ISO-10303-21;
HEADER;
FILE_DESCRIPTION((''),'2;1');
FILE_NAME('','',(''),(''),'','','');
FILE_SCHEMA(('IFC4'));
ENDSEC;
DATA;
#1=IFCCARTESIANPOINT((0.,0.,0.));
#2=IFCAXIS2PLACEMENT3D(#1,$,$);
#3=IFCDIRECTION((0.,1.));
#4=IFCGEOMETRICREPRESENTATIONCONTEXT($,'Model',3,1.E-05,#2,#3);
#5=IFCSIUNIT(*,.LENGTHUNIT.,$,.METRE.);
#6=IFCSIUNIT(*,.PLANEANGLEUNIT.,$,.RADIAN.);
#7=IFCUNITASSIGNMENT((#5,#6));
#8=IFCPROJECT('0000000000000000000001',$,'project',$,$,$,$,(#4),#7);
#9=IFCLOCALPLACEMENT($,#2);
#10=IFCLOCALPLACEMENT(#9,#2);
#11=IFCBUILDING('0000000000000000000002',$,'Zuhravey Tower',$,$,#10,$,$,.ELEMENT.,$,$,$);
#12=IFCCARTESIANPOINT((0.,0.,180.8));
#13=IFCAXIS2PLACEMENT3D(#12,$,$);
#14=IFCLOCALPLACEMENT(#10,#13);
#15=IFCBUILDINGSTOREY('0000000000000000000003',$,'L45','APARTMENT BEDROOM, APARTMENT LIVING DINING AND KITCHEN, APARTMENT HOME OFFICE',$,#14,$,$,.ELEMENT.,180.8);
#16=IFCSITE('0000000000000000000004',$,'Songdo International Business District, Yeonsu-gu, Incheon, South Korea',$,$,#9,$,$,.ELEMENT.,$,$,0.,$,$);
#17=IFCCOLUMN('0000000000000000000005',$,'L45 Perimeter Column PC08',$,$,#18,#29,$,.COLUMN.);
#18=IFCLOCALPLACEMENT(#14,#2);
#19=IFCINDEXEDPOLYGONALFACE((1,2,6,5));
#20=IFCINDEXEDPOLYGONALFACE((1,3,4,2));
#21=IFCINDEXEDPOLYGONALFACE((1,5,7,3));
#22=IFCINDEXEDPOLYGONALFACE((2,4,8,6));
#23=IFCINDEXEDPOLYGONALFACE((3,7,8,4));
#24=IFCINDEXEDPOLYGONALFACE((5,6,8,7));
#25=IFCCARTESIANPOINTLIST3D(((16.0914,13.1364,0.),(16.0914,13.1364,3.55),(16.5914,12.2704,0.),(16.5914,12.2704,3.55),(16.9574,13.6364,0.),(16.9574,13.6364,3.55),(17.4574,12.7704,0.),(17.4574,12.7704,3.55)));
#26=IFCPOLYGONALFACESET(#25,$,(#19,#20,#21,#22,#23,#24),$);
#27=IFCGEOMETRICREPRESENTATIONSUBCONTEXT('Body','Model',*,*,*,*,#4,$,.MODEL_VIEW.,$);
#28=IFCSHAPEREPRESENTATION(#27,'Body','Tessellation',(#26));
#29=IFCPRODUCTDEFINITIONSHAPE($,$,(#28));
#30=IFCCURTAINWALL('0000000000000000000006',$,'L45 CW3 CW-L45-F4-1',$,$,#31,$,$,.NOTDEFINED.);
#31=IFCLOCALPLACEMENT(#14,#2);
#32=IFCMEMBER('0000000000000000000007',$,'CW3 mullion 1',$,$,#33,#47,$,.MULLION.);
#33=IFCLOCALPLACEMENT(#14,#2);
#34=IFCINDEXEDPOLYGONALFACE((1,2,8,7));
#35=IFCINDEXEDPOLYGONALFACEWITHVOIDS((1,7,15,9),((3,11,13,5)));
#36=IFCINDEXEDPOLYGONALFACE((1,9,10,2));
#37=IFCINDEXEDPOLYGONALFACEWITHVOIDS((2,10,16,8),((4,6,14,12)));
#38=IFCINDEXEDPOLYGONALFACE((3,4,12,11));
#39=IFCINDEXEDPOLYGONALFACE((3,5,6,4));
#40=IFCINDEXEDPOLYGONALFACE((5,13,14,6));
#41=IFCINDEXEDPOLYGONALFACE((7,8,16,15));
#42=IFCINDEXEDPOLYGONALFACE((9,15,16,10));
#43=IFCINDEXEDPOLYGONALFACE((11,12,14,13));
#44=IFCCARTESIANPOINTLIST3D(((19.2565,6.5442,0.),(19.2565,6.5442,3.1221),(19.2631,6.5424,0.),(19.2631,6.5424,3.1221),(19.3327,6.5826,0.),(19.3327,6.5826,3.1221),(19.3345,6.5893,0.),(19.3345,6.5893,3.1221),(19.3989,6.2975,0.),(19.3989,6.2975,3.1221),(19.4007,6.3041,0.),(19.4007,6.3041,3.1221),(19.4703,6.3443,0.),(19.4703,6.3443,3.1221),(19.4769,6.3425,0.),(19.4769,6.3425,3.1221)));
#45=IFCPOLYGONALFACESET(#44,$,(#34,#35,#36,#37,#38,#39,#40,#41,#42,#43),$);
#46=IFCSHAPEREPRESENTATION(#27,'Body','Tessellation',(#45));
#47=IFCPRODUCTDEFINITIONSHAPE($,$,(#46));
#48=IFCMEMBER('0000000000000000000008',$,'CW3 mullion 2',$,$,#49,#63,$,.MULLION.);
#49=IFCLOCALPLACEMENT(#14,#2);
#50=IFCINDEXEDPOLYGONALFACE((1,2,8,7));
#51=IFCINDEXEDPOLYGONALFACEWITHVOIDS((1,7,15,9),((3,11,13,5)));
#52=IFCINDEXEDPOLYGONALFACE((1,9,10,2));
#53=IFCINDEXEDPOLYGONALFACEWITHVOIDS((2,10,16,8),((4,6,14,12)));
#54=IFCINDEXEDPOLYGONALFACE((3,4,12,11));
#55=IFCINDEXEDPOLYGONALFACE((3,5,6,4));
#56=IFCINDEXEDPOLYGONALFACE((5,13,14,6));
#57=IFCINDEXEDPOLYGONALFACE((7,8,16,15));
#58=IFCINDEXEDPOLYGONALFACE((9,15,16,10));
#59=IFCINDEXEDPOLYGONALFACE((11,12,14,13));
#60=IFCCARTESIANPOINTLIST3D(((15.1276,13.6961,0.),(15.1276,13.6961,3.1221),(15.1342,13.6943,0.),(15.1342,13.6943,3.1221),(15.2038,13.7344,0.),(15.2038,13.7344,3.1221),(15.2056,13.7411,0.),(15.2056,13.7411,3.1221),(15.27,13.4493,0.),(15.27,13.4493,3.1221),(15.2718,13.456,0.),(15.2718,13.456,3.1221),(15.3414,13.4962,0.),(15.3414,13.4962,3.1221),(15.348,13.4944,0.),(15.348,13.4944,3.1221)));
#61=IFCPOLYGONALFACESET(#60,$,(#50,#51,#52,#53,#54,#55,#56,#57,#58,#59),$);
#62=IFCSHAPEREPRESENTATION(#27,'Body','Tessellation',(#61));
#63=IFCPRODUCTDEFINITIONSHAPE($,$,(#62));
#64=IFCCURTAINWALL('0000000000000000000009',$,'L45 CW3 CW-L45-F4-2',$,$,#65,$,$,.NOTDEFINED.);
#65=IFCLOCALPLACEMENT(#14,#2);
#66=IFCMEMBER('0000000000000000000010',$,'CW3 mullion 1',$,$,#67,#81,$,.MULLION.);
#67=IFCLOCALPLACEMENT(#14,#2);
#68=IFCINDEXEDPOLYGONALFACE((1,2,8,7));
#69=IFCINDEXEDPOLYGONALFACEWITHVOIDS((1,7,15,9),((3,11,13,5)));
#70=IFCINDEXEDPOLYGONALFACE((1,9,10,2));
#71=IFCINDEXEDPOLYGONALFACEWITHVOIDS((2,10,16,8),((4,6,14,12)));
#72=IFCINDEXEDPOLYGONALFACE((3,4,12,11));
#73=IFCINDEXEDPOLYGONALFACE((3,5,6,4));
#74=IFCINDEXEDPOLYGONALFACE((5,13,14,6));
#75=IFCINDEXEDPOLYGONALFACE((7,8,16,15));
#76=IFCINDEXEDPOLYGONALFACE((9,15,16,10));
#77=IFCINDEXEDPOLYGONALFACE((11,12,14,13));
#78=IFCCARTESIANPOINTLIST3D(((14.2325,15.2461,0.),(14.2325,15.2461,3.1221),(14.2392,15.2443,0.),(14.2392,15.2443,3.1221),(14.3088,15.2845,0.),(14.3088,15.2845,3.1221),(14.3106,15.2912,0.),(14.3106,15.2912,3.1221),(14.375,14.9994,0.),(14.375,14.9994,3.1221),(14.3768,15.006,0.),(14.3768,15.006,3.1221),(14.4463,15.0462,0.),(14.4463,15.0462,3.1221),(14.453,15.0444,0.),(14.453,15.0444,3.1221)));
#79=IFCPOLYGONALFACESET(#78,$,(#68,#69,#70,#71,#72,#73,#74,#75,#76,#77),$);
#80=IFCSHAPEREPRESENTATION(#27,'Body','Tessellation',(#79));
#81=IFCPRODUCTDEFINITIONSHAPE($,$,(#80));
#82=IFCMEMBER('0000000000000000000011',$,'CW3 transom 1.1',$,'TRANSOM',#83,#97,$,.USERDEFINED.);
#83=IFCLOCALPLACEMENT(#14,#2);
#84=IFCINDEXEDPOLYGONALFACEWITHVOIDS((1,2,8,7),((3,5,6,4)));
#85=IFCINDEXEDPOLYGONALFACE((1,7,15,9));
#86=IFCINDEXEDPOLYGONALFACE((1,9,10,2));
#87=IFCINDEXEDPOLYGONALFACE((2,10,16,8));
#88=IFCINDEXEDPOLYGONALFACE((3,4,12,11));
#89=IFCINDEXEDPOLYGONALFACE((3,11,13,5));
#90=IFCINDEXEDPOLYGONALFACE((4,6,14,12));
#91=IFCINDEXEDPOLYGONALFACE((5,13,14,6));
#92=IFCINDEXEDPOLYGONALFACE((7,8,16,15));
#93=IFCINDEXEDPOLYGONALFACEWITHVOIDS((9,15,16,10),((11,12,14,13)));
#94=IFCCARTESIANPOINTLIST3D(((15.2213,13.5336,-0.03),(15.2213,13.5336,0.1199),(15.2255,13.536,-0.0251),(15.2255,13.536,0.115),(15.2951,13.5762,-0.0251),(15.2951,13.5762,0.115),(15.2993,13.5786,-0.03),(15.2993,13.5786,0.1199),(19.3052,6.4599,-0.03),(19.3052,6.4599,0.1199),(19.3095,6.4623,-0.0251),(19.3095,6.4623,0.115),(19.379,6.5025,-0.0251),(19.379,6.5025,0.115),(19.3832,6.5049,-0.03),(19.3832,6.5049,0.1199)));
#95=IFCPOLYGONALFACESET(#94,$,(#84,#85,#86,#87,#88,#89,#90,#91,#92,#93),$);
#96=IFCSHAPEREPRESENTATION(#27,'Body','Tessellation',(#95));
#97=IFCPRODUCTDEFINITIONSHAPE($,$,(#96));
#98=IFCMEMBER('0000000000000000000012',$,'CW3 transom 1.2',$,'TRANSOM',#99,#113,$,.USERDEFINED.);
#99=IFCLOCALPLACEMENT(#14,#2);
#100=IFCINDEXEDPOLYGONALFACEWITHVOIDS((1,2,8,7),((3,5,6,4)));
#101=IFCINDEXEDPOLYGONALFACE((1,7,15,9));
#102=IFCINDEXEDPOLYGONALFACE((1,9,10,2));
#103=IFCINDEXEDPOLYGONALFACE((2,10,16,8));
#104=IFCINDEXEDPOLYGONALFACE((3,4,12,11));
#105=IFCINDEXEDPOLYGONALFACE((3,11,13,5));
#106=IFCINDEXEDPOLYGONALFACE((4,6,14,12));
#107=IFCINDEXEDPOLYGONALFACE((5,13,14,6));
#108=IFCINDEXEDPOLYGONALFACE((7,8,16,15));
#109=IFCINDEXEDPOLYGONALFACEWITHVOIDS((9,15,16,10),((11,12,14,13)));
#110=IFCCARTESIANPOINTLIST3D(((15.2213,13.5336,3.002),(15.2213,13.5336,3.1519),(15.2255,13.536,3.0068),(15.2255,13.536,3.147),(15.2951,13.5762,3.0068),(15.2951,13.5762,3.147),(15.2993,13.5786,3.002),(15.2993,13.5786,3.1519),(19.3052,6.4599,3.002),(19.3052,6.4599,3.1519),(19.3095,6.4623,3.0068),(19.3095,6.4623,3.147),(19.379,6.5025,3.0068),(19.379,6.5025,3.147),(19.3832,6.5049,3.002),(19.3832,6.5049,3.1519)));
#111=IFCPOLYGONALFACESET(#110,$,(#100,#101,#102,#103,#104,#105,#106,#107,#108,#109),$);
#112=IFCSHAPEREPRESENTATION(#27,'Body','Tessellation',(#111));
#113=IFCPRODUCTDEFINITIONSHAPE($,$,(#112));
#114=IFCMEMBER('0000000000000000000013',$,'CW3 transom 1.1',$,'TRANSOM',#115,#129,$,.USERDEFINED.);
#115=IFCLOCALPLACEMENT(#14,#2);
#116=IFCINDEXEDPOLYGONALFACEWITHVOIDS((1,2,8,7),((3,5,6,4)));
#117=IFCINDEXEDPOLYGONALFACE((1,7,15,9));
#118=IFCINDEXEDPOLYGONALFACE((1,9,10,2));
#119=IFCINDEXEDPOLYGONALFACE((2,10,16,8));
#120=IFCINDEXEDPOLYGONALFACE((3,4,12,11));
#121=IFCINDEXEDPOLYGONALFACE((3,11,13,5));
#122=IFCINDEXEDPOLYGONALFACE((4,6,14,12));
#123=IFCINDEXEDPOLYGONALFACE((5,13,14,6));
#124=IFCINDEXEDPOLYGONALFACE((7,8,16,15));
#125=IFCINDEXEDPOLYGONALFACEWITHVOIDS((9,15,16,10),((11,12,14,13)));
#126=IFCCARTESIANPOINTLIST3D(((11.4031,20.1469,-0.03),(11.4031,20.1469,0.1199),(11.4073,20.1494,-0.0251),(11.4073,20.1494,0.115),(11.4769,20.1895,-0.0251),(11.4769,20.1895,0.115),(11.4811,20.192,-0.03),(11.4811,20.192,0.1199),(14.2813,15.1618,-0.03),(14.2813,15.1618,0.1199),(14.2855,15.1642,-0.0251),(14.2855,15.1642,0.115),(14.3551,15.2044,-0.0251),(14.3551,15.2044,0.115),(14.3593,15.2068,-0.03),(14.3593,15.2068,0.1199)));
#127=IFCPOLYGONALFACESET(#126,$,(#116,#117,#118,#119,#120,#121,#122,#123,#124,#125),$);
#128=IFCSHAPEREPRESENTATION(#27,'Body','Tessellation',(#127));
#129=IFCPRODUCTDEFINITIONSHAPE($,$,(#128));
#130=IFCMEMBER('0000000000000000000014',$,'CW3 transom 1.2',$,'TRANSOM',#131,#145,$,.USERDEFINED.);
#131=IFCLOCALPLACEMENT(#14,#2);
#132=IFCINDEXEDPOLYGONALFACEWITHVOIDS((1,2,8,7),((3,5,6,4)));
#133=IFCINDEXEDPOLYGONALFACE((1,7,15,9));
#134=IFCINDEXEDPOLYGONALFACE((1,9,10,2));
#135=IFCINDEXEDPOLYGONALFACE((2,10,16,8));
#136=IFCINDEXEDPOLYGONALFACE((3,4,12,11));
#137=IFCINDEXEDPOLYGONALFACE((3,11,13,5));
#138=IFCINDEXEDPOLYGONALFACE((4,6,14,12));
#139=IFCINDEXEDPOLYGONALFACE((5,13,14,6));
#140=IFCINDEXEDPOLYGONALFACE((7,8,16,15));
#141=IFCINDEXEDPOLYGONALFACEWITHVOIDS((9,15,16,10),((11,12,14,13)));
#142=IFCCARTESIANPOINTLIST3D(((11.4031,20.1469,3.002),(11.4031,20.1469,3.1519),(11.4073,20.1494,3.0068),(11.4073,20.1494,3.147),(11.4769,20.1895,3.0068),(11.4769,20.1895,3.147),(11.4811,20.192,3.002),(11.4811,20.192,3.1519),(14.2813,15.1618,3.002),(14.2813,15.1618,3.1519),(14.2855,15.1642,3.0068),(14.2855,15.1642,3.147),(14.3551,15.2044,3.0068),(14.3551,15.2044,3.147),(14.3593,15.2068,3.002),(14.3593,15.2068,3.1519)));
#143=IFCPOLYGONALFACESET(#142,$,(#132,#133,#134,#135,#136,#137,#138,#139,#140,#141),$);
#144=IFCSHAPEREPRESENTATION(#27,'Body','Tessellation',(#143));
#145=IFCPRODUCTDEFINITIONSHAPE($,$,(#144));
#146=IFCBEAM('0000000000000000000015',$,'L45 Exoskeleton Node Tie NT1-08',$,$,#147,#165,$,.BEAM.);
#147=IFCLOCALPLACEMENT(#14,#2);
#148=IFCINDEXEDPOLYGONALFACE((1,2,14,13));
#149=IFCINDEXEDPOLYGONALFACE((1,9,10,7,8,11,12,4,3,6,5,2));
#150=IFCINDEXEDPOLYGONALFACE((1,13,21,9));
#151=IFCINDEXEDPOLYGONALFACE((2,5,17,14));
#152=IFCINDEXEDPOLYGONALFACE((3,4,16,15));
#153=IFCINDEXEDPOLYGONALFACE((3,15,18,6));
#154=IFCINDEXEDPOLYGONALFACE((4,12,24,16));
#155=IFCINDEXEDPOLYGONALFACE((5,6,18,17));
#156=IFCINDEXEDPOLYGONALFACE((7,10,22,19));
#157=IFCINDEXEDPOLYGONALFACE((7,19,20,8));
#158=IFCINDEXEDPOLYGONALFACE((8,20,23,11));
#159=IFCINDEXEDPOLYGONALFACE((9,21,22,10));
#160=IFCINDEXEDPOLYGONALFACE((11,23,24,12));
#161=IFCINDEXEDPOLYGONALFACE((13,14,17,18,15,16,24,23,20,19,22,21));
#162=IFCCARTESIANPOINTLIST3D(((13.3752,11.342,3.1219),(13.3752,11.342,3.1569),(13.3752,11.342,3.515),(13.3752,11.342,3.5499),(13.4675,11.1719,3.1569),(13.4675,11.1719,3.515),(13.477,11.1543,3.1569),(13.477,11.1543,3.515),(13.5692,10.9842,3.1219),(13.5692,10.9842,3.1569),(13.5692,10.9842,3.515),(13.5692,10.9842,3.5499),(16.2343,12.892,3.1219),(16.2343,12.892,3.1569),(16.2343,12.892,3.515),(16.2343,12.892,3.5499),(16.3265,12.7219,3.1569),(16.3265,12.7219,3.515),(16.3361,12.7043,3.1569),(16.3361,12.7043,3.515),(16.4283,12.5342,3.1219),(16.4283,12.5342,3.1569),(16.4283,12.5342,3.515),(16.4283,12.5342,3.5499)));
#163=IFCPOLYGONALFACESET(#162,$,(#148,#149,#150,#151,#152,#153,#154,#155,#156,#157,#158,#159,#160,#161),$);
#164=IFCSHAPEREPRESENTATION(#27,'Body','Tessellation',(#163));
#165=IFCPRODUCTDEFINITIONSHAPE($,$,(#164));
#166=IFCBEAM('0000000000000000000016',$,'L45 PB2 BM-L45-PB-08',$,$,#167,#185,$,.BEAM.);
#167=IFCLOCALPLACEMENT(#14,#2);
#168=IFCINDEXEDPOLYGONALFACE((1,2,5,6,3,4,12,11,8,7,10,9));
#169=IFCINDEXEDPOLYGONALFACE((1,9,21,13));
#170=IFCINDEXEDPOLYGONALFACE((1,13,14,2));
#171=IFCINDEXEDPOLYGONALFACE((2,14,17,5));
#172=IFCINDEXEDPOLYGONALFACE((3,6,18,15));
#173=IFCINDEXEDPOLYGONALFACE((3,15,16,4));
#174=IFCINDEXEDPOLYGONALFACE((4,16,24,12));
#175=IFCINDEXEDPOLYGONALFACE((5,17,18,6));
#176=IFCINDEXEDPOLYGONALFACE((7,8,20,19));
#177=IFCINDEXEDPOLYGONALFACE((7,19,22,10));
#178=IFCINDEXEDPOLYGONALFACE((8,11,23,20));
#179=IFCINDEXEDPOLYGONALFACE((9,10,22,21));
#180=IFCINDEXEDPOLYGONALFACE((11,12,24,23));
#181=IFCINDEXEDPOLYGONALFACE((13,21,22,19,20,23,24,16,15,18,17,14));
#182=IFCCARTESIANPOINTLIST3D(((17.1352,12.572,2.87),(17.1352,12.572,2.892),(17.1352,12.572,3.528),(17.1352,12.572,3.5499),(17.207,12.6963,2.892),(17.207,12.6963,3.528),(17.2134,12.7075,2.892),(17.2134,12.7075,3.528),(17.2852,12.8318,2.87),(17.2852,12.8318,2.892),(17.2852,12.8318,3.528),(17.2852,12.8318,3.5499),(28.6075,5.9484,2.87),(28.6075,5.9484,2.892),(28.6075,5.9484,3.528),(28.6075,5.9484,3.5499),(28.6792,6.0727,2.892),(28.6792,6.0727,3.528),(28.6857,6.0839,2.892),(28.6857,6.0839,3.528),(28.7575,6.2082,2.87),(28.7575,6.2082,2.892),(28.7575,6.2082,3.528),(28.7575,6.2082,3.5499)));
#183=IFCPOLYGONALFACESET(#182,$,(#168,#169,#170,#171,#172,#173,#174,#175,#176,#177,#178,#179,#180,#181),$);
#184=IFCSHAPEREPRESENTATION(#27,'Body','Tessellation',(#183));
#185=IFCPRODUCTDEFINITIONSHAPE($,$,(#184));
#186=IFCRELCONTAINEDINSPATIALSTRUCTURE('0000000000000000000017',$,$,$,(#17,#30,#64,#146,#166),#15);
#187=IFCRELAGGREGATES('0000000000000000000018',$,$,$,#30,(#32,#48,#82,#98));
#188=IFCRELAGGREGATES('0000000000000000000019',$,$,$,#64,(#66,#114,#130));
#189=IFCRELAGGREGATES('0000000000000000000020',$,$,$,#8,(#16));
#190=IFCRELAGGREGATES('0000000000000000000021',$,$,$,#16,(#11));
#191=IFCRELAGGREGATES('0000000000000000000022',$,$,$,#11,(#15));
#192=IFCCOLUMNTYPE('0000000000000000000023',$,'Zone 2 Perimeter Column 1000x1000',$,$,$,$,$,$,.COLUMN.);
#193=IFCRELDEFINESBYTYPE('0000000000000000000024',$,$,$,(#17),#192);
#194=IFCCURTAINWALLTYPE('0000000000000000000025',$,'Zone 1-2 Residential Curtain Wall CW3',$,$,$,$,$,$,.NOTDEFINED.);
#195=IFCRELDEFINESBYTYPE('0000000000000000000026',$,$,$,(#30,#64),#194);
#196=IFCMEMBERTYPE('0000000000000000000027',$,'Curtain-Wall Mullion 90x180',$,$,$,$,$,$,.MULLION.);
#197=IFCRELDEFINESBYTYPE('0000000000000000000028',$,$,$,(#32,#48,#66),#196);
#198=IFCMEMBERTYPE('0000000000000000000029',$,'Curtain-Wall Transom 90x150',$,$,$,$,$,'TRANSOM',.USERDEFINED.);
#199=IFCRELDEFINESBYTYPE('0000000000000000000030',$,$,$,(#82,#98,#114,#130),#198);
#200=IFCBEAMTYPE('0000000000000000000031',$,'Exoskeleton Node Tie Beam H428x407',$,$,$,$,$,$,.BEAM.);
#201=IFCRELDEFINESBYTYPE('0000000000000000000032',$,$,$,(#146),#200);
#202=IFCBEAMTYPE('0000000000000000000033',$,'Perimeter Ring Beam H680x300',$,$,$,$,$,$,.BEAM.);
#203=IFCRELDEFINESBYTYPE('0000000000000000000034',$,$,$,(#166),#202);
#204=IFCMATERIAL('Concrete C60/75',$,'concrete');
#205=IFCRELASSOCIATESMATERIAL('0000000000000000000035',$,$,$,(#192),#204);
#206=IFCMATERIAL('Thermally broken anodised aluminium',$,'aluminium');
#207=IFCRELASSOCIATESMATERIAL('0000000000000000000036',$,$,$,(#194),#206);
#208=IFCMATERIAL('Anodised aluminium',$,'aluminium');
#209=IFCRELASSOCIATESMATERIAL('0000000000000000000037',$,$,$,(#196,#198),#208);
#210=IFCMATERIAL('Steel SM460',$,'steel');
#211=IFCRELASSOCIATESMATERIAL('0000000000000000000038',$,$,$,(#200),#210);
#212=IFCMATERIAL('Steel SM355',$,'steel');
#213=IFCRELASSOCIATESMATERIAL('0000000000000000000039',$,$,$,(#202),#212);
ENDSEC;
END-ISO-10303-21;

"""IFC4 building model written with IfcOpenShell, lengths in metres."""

from ifc_helpers import new_model, si_unit, direction, frame, origin, origin_2d, place, context, subcontext, project, spatial, rectangle, hollow_rectangle, i_section, extrude, material, material_profile, profile_set, type_object, element, aggregate, save


model = new_model("IFC4")

# Units and contexts
model_context = context("Model", 3, precision=1e-05, world=origin(), true_north=direction((0.0, 1.0)))
body_context = subcontext(model_context, "Body", "Model", "MODEL_VIEW")
ifc_project = project(units=[si_unit("LENGTHUNIT", "METRE"), si_unit("PLANEANGLEUNIT", "RADIAN")], contexts=[model_context])

# Site, building, storey
site_placement = place(None, origin())
site = spatial("IfcSite", under=ifc_project, at=site_placement, Name="Songdo International Business District, Yeonsu-gu, Incheon, South Korea", CompositionType="ELEMENT", RefElevation=0.0)
building_placement = place(site_placement, origin())
building = spatial("IfcBuilding", under=site, at=building_placement, Name="Zuhravey Tower", CompositionType="ELEMENT")
storey_placement = place(building_placement, frame((0.0, 0.0, 180.8)))
storey = spatial("IfcBuildingStorey", under=building, at=storey_placement, Name="L45", Description="APARTMENT BEDROOM, APARTMENT LIVING DINING AND KITCHEN, APARTMENT HOME OFFICE", CompositionType="ELEMENT", Elevation=180.8)

# Column
ifc_material_1 = material(Name="Concrete C60/75", Category="concrete")
ifc_material_profile_1 = material_profile(ifc_material_1, rectangle(XDim=1.0, YDim=1.0, at=origin_2d()), Name="RC-1000x1000")
ifc_profile_set_1 = profile_set([ifc_material_profile_1], Name="Concrete C60/75")
column_type = type_object("IfcColumnType", Name="Zone 2 Perimeter Column 1000x1000", PredefinedType="COLUMN", material=ifc_profile_set_1)
column_placement = place(storey_placement, frame((16.7744, 12.9534, 0.0), z_axis=(0.0, 0.0, 1.0), x_axis=(0.5, -0.866025, 0.0)))
element("IfcColumn", 1, at=column_placement, inside=storey, type_object=column_type, Name="L45 Perimeter Column PC08", PredefinedType="COLUMN", context=body_context, shape_type="SweptSolid", body=[
    extrude(rectangle(XDim=1.0, YDim=1.0, at=origin_2d()), origin(), (0.0, 0.0, 1.0), 3.55),
])

# Curtain wall, members
ifc_material_2 = material(Name="Thermally broken anodised aluminium", Category="aluminium")
curtain_wall_type = type_object("IfcCurtainWallType", Name="Zone 1-2 Residential Curtain Wall CW3", PredefinedType="NOTDEFINED", material=ifc_material_2)
curtain_wall_1_placement = place(storey_placement, origin())
curtain_wall_1 = element("IfcCurtainWall", 2, at=curtain_wall_1_placement, inside=storey, type_object=curtain_wall_type, Name="L45 CW3 CW-L45-F4-1", PredefinedType="NOTDEFINED")
ifc_material_3 = material(Name="Anodised aluminium", Category="aluminium")
ifc_material_profile_2 = material_profile(ifc_material_3, hollow_rectangle(XDim=0.0901, YDim=0.2849, WallThickness=0.0049, at=origin_2d()), Name="ALU-RHS-90x285x5")
ifc_profile_set_2 = profile_set([ifc_material_profile_2], Name="Anodised aluminium")
member_type_1 = type_object("IfcMemberType", Name="Curtain-Wall Mullion 90x180", PredefinedType="MULLION", material=ifc_profile_set_2)
member_1_placement = place(storey_placement, frame((19.3667, 6.4434, 0.0), z_axis=(0.0, 0.0, 1.0), x_axis=(-0.866027, -0.499998, 0.0)))
member_1 = element("IfcMember", 3, at=member_1_placement, type_object=member_type_1, Name="CW3 mullion 1", PredefinedType="MULLION", context=body_context, shape_type="SweptSolid", body=[
    extrude(hollow_rectangle(XDim=0.0901, YDim=0.2849, WallThickness=0.0049, at=origin_2d()), origin(), (0.0, 0.0, 1.0), 3.1221),
])
member_2_placement = place(storey_placement, frame((15.2378, 13.5952, 0.0), z_axis=(0.0, 0.0, 1.0), x_axis=(-0.866027, -0.499998, 0.0)))
member_2 = element("IfcMember", 4, at=member_2_placement, type_object=member_type_1, Name="CW3 mullion 2", PredefinedType="MULLION", context=body_context, shape_type="SweptSolid", body=[
    extrude(hollow_rectangle(XDim=0.0901, YDim=0.2849, WallThickness=0.0049, at=origin_2d()), origin(), (0.0, 0.0, 1.0), 3.1221),
])

# Curtain wall, member
curtain_wall_2_placement = place(storey_placement, origin())
curtain_wall_2 = element("IfcCurtainWall", 5, at=curtain_wall_2_placement, inside=storey, type_object=curtain_wall_type, Name="L45 CW3 CW-L45-F4-2", PredefinedType="NOTDEFINED")
member_3_placement = place(storey_placement, frame((14.3428, 15.1453, 0.0), z_axis=(0.0, 0.0, 1.0), x_axis=(-0.866025, -0.500001, 0.0)))
member_3 = element("IfcMember", 6, at=member_3_placement, type_object=member_type_1, Name="CW3 mullion 1", PredefinedType="MULLION", context=body_context, shape_type="SweptSolid", body=[
    extrude(hollow_rectangle(XDim=0.0901, YDim=0.2849, WallThickness=0.0049, at=origin_2d()), origin(), (0.0, 0.0, 1.0), 3.1221),
])

# Members
ifc_material_profile_3 = material_profile(ifc_material_3, hollow_rectangle(XDim=0.0901, YDim=0.1499, WallThickness=0.0049, at=origin_2d()), Name="ALU-RHS-90x150x5")
ifc_profile_set_3 = profile_set([ifc_material_profile_3], Name="Anodised aluminium")
member_type_2 = type_object("IfcMemberType", Name="Curtain-Wall Transom 90x150", ElementType="TRANSOM", PredefinedType="USERDEFINED", material=ifc_profile_set_3)
member_4_placement = place(storey_placement, frame((19.3442, 6.4824, 0.0449), z_axis=(-0.499997, 0.866027, 0.0), x_axis=(-0.866027, -0.499997, 0.0)))
member_4 = element("IfcMember", 7, at=member_4_placement, type_object=member_type_2, Name="CW3 transom 1.1", ObjectType="TRANSOM", PredefinedType="USERDEFINED", context=body_context, shape_type="SweptSolid", body=[
    extrude(hollow_rectangle(XDim=0.0901, YDim=0.1499, WallThickness=0.0049, at=origin_2d()), origin(), (0.0, 0.0, 1.0), 8.168),
])
member_5_placement = place(storey_placement, frame((19.3442, 6.4824, 3.0769), z_axis=(-0.499997, 0.866027, 0.0), x_axis=(-0.866027, -0.499997, 0.0)))
member_5 = element("IfcMember", 8, at=member_5_placement, type_object=member_type_2, Name="CW3 transom 1.2", ObjectType="TRANSOM", PredefinedType="USERDEFINED", context=body_context, shape_type="SweptSolid", body=[
    extrude(hollow_rectangle(XDim=0.0901, YDim=0.1499, WallThickness=0.0049, at=origin_2d()), origin(), (0.0, 0.0, 1.0), 8.168),
])
member_6_placement = place(storey_placement, frame((14.3203, 15.1843, 0.0449), z_axis=(-0.500003, 0.866024, 0.0), x_axis=(-0.866024, -0.500003, 0.0)))
member_6 = element("IfcMember", 9, at=member_6_placement, type_object=member_type_2, Name="CW3 transom 1.1", ObjectType="TRANSOM", PredefinedType="USERDEFINED", context=body_context, shape_type="SweptSolid", body=[
    extrude(hollow_rectangle(XDim=0.0901, YDim=0.1499, WallThickness=0.0049, at=origin_2d()), origin(), (0.0, 0.0, 1.0), 5.7563),
])
member_7_placement = place(storey_placement, frame((14.3203, 15.1843, 3.0769), z_axis=(-0.500003, 0.866024, 0.0), x_axis=(-0.866024, -0.500003, 0.0)))
member_7 = element("IfcMember", 10, at=member_7_placement, type_object=member_type_2, Name="CW3 transom 1.2", ObjectType="TRANSOM", PredefinedType="USERDEFINED", context=body_context, shape_type="SweptSolid", body=[
    extrude(hollow_rectangle(XDim=0.0901, YDim=0.1499, WallThickness=0.0049, at=origin_2d()), origin(), (0.0, 0.0, 1.0), 5.7563),
])

# Beams
ifc_material_4 = material(Name="Steel SM460", Category="steel")
ifc_material_profile_4 = material_profile(ifc_material_4, i_section(OverallWidth=0.407, OverallDepth=0.428, WebThickness=0.02, FlangeThickness=0.0349, at=origin_2d()), Name="H-428x407x20x35")
ifc_profile_set_4 = profile_set([ifc_material_profile_4], Name="Steel SM460")
beam_type_1 = type_object("IfcBeamType", Name="Exoskeleton Node Tie Beam H428x407", PredefinedType="BEAM", material=ifc_profile_set_4)
beam_1_placement = place(storey_placement, frame((16.3313, 12.7131, 3.3359), z_axis=(-0.879118, -0.476605, 0.0), x_axis=(0.476605, -0.879118, 0.0)))
element("IfcBeam", 11, at=beam_1_placement, inside=storey, type_object=beam_type_1, Name="L45 Exoskeleton Node Tie NT1-08", PredefinedType="BEAM", context=body_context, shape_type="SweptSolid", body=[
    extrude(i_section(OverallWidth=0.407, OverallDepth=0.428, WebThickness=0.02, FlangeThickness=0.0349, at=origin_2d()), origin(), (0.0, 0.0, 1.0), 3.2522),
])
ifc_material_5 = material(Name="Steel SM355", Category="steel")
ifc_material_profile_5 = material_profile(ifc_material_5, i_section(OverallWidth=0.3, OverallDepth=0.6799, WebThickness=0.0129, FlangeThickness=0.022, at=origin_2d()), Name="H-680x300x13x22")
ifc_profile_set_5 = profile_set([ifc_material_profile_5], Name="Steel SM355")
beam_type_2 = type_object("IfcBeamType", Name="Perimeter Ring Beam H680x300", PredefinedType="BEAM", material=ifc_profile_set_5)
beam_2_placement = place(storey_placement, frame((17.2102, 12.7019, 3.21), z_axis=(0.866023, -0.500004, 0.0), x_axis=(0.500004, 0.866023, 0.0)))
element("IfcBeam", 12, at=beam_2_placement, inside=storey, type_object=beam_type_2, Name="L45 PB2 BM-L45-PB-08", PredefinedType="BEAM", context=body_context, shape_type="SweptSolid", body=[
    extrude(i_section(OverallWidth=0.3, OverallDepth=0.6799, WebThickness=0.0129, FlangeThickness=0.022, at=origin_2d()), origin(), (0.0, 0.0, 1.0), 13.2471),
])

aggregate(curtain_wall_1, [member_1, member_2, member_4, member_5])
aggregate(curtain_wall_2, [member_3, member_6, member_7])

save(model, "model.ifc")
